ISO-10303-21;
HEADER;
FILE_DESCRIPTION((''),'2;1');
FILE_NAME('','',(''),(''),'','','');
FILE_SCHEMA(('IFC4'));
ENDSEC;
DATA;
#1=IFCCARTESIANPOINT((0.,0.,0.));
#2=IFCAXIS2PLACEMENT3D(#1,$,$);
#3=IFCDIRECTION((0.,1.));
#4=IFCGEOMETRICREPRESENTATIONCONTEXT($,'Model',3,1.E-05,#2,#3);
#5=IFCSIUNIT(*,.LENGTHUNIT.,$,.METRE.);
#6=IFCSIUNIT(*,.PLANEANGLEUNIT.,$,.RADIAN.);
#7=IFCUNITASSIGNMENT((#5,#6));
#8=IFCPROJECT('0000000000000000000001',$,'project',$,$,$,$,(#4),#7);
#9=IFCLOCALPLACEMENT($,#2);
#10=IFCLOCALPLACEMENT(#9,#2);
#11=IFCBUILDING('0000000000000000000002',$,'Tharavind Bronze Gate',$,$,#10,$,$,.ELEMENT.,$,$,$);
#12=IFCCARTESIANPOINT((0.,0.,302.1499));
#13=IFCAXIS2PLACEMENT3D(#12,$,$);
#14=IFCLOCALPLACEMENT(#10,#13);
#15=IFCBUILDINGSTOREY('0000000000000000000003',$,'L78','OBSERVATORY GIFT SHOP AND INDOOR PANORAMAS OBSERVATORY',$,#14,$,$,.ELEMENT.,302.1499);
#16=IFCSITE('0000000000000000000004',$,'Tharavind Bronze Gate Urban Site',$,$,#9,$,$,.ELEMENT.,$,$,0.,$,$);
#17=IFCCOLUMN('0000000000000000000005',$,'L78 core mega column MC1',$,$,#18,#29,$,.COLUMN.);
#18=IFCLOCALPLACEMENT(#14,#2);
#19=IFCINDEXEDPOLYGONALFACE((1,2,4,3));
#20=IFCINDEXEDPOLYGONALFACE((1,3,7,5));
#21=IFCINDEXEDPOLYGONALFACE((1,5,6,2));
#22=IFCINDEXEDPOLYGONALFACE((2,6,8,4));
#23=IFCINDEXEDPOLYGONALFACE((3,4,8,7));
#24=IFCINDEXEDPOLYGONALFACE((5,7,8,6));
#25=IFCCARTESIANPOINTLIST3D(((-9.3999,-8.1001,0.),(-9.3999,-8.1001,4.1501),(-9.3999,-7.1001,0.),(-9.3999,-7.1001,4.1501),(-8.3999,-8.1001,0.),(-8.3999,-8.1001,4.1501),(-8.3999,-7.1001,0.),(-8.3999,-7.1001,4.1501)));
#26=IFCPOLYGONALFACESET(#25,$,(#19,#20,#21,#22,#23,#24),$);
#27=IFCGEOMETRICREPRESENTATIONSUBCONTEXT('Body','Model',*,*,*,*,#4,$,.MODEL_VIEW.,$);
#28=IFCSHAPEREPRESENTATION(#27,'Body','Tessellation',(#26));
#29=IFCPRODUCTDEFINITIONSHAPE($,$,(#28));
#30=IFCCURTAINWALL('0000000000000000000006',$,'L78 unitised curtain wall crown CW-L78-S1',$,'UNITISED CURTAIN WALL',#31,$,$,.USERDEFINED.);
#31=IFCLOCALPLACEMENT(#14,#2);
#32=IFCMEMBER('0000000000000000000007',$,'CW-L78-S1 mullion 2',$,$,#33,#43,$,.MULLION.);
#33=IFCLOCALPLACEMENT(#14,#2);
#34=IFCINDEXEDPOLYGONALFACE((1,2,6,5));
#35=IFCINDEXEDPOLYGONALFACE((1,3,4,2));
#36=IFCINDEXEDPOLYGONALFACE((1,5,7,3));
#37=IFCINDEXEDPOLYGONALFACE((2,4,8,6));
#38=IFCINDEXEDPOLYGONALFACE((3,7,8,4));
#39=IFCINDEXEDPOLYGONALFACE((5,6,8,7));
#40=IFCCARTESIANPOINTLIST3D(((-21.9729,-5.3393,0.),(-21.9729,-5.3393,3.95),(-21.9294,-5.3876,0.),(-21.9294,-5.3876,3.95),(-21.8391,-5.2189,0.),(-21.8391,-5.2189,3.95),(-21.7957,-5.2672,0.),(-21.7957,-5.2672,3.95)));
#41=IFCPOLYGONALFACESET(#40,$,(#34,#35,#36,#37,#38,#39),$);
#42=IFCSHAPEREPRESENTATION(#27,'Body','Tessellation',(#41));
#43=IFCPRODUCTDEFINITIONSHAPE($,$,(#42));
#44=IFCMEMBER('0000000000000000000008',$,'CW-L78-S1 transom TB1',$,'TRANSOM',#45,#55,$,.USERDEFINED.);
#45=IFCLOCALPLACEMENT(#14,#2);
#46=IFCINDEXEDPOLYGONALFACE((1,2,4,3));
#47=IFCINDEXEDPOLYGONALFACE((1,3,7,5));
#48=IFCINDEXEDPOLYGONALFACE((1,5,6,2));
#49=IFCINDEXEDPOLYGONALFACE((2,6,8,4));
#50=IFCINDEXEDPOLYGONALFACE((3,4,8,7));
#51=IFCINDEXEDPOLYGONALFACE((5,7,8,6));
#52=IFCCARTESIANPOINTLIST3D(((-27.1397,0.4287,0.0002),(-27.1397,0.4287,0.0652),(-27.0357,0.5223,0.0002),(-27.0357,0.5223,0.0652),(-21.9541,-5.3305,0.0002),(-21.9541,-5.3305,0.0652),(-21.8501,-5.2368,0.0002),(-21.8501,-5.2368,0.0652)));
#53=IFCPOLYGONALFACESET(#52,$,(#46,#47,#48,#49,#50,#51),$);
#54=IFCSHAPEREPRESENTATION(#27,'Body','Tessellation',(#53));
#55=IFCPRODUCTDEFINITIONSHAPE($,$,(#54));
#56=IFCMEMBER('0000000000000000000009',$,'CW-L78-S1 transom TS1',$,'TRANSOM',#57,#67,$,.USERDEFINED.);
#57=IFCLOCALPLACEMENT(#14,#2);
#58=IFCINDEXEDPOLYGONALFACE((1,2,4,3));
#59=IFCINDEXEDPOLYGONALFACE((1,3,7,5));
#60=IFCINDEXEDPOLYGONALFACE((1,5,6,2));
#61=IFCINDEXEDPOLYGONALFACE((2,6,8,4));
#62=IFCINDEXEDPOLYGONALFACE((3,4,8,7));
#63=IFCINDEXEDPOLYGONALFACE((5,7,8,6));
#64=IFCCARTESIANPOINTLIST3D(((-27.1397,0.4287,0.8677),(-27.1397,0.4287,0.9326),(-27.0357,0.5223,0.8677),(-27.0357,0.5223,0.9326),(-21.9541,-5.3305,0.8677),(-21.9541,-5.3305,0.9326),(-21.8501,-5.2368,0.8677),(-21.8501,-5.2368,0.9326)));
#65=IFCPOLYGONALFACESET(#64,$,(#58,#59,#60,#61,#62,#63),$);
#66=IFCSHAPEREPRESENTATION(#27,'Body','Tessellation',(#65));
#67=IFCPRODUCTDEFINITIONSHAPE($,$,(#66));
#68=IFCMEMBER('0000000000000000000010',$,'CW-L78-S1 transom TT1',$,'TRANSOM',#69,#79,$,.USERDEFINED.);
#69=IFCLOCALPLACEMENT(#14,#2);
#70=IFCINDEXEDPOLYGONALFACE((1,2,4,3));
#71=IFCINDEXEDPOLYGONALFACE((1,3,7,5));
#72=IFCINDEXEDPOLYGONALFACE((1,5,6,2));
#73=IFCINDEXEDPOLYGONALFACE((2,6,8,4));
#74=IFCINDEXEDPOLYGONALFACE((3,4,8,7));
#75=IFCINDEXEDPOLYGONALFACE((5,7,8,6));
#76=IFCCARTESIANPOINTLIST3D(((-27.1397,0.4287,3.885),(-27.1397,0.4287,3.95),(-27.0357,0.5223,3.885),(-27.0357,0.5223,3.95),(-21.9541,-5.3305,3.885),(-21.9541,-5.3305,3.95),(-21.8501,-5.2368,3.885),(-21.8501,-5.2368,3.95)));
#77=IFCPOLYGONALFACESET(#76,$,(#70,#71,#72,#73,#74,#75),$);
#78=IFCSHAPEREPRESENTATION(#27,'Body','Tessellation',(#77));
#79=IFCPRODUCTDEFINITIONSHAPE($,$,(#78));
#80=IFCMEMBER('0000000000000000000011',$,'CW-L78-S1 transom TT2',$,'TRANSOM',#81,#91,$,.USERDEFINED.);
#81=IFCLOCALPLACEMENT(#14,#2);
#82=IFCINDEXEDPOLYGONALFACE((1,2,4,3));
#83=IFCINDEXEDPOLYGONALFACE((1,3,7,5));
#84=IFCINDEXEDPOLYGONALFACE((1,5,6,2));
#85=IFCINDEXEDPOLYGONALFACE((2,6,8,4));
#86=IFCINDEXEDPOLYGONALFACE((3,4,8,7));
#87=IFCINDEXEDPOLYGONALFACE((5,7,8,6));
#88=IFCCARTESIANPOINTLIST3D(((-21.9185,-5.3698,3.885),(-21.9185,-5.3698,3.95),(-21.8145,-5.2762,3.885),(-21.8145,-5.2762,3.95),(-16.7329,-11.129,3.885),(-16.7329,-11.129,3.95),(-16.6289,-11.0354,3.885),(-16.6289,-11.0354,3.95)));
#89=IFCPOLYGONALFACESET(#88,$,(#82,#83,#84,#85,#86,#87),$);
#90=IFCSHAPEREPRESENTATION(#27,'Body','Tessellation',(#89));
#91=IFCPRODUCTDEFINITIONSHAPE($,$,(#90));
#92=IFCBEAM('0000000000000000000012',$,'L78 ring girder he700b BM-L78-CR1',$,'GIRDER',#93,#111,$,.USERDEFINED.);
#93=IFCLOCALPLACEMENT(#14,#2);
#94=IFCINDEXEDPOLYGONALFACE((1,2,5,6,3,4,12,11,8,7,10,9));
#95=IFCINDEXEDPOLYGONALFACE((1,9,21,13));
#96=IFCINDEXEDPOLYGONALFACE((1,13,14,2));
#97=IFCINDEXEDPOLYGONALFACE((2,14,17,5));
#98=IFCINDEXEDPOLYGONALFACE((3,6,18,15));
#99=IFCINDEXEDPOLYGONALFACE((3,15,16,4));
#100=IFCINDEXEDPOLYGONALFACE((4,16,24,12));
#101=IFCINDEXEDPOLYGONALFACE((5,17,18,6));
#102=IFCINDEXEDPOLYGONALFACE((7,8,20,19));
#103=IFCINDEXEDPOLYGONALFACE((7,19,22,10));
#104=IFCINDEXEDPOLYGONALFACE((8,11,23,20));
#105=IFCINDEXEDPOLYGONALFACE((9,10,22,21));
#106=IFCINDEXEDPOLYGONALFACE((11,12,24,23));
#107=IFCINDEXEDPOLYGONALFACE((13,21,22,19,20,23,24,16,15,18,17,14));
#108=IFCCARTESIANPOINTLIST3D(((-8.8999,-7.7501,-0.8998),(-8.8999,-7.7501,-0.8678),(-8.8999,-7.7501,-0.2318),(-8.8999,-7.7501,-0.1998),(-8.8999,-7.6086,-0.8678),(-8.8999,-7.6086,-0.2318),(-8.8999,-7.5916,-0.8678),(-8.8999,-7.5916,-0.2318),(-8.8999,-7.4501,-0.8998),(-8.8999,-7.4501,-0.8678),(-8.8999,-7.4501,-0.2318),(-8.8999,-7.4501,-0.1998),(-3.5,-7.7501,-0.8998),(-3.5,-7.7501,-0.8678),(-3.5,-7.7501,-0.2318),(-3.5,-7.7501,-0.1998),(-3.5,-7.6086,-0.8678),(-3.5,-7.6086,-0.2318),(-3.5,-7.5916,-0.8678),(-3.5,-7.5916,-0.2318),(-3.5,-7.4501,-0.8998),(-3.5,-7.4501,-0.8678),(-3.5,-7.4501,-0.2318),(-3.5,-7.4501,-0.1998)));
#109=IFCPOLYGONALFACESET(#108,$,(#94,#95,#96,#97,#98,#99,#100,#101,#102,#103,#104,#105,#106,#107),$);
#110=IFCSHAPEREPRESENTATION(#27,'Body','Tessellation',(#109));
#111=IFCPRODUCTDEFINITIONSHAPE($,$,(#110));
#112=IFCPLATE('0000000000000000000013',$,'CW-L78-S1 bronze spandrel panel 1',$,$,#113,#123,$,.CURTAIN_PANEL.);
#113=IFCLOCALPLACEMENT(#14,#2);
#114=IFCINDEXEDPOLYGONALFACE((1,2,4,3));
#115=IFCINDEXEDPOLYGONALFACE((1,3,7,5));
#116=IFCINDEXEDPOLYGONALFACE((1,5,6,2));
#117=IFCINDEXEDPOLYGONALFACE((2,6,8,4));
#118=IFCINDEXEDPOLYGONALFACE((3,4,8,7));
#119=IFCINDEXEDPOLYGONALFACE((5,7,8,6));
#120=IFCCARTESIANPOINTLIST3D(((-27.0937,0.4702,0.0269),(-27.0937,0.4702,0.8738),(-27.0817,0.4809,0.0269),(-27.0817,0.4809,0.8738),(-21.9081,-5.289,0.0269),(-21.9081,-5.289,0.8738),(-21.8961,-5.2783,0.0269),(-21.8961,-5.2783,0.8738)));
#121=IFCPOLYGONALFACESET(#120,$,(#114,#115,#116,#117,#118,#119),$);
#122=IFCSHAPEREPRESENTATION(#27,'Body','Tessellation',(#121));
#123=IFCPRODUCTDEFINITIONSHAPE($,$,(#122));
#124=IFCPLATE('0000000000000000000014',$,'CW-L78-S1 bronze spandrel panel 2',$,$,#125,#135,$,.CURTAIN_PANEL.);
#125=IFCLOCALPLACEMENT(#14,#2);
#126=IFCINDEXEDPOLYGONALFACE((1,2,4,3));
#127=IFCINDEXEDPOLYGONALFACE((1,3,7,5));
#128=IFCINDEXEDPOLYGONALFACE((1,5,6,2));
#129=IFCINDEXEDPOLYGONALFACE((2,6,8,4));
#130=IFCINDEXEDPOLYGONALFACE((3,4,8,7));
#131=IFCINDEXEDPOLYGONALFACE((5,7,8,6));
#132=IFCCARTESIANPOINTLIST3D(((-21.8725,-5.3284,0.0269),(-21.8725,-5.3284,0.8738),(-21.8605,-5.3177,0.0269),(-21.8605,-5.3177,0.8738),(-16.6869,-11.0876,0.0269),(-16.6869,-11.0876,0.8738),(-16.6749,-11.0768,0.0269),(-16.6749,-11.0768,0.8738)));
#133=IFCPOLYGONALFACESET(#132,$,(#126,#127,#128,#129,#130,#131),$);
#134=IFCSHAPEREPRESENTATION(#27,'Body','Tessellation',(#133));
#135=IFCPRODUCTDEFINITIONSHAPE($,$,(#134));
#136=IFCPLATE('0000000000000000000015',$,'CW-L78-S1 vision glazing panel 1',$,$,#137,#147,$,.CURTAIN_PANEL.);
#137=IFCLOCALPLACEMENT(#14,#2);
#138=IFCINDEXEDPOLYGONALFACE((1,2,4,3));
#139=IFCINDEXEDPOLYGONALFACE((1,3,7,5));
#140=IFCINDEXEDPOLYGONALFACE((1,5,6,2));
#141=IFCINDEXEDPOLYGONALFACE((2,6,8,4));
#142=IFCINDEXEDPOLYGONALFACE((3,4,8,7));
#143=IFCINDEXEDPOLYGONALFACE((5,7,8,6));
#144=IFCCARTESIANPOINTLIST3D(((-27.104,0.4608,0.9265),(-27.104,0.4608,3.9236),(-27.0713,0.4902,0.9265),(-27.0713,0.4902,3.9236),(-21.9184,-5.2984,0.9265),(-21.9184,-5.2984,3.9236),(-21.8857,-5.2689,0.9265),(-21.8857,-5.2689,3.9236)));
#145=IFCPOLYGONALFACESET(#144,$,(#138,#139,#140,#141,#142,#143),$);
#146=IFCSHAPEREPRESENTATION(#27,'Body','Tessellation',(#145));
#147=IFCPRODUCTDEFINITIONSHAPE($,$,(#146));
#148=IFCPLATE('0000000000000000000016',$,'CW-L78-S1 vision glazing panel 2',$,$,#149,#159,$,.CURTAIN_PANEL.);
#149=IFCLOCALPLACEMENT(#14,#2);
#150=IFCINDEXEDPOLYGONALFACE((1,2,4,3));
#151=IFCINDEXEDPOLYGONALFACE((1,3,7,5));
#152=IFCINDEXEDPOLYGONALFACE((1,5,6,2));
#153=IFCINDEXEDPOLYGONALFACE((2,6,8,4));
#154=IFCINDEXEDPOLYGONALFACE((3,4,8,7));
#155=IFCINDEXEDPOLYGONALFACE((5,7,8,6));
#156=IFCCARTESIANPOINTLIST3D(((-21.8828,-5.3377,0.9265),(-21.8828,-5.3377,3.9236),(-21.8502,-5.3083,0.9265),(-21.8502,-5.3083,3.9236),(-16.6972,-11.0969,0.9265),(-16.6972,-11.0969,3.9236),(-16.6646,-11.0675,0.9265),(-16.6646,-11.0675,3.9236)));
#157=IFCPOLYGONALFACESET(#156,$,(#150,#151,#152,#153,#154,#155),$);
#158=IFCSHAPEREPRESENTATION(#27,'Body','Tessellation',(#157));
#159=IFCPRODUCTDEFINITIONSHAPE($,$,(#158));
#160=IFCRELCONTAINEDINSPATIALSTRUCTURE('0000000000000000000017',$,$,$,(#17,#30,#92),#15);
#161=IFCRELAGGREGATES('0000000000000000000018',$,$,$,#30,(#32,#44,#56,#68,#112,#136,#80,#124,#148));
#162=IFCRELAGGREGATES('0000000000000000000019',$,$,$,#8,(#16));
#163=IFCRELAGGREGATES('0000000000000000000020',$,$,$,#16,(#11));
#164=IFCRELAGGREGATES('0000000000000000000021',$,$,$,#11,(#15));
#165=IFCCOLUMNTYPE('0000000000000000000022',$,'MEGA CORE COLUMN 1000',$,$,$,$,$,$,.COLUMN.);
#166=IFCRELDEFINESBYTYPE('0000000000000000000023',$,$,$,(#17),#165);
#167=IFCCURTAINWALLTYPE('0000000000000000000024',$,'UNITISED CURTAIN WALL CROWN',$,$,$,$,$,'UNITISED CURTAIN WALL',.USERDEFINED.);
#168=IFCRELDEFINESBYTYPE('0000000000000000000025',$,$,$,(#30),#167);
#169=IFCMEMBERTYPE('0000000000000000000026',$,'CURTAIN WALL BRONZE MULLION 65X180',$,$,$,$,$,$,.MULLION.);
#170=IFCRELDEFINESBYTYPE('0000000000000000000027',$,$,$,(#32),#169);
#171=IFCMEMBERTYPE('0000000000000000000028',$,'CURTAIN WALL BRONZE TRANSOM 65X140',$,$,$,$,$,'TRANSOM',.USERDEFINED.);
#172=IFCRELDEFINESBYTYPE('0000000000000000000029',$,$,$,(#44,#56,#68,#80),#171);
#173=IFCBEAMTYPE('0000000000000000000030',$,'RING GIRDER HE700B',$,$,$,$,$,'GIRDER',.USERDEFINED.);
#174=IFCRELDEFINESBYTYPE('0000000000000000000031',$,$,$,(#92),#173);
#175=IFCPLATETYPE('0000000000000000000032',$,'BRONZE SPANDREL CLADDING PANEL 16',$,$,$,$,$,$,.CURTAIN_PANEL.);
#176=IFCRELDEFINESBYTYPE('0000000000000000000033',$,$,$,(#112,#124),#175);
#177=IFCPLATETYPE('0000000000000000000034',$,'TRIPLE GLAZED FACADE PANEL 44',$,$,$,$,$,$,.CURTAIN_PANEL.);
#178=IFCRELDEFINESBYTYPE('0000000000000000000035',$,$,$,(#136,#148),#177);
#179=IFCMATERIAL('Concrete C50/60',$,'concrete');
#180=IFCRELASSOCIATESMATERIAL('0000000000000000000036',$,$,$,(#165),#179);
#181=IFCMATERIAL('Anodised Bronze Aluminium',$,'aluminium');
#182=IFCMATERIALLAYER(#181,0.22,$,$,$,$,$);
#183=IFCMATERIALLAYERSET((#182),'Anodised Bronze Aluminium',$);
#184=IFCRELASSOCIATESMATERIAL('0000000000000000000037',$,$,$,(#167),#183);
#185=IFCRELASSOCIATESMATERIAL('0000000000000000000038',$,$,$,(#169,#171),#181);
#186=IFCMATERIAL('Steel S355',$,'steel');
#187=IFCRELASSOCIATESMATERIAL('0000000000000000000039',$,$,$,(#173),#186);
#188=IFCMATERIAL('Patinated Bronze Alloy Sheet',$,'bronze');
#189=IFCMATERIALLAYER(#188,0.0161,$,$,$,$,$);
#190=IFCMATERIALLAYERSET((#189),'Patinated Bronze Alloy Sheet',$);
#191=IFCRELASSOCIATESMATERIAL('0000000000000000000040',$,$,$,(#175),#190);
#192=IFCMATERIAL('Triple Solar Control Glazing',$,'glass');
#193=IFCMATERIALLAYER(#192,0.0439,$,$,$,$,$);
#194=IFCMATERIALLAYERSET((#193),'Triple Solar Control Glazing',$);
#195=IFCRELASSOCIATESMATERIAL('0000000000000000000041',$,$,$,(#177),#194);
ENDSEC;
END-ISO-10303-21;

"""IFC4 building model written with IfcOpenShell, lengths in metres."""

from ifc_helpers import new_model, si_unit, direction, frame, origin, origin_2d, place, context, subcontext, project, spatial, rectangle, i_section, extrude, material, layer, layer_set, material_profile, profile_set, type_object, element, aggregate, save


model = new_model("IFC4")

# Units and contexts
model_context = context("Model", 3, precision=1e-05, world=origin(), true_north=direction((0.0, 1.0)))
body_context = subcontext(model_context, "Body", "Model", "MODEL_VIEW")
ifc_project = project(units=[si_unit("LENGTHUNIT", "METRE"), si_unit("PLANEANGLEUNIT", "RADIAN")], contexts=[model_context])

# Site, building, storey
site_placement = place(None, origin())
site = spatial("IfcSite", under=ifc_project, at=site_placement, Name="Tharavind Bronze Gate Urban Site", CompositionType="ELEMENT", RefElevation=0.0)
building_placement = place(site_placement, origin())
building = spatial("IfcBuilding", under=site, at=building_placement, Name="Tharavind Bronze Gate", CompositionType="ELEMENT")
storey_placement = place(building_placement, frame((0.0, 0.0, 302.1499)))
storey = spatial("IfcBuildingStorey", under=building, at=storey_placement, Name="L78", Description="OBSERVATORY GIFT SHOP AND INDOOR PANORAMAS OBSERVATORY", CompositionType="ELEMENT", Elevation=302.1499)

# Column
ifc_material_1 = material(Name="Concrete C50/60", Category="concrete")
ifc_material_profile_1 = material_profile(ifc_material_1, rectangle(XDim=1.0, YDim=1.0, at=origin_2d()), Name="RCCOL1000")
ifc_profile_set_1 = profile_set([ifc_material_profile_1], Name="Concrete C50/60")
column_type = type_object("IfcColumnType", Name="MEGA CORE COLUMN 1000", PredefinedType="COLUMN", material=ifc_profile_set_1)
column_placement = place(storey_placement, frame((-8.8999, -7.6001, 0.0), z_axis=(0.0, 0.0, 1.0), x_axis=(1.0, 0.0, 0.0)))
element("IfcColumn", 1, at=column_placement, inside=storey, type_object=column_type, Name="L78 core mega column MC1", PredefinedType="COLUMN", context=body_context, shape_type="SweptSolid", body=[
    extrude(rectangle(XDim=1.0, YDim=1.0, at=origin_2d()), origin(), (0.0, 0.0, 1.0), 4.1501),
])

# Curtain wall, members
ifc_material_2 = material(Name="Anodised Bronze Aluminium", Category="aluminium")
ifc_layer_1 = layer(ifc_material_2, 0.22)
ifc_layer_set_1 = layer_set([ifc_layer_1], Name="Anodised Bronze Aluminium")
curtain_wall_type = type_object("IfcCurtainWallType", Name="UNITISED CURTAIN WALL CROWN", ElementType="UNITISED CURTAIN WALL", PredefinedType="USERDEFINED", material=ifc_layer_set_1)
curtain_wall_placement = place(storey_placement, origin())
curtain_wall = element("IfcCurtainWall", 2, at=curtain_wall_placement, inside=storey, type_object=curtain_wall_type, Name="L78 unitised curtain wall crown CW-L78-S1", ObjectType="UNITISED CURTAIN WALL", PredefinedType="USERDEFINED")
member_type_1 = type_object("IfcMemberType", Name="CURTAIN WALL BRONZE MULLION 65X180", PredefinedType="MULLION", material=ifc_material_2)
member_1_placement = place(storey_placement, frame((-21.8843, -5.3032, 0.0), z_axis=(0.0, 0.0, 1.0), x_axis=(0.669131, -0.743145, 0.0)))
member_1 = element("IfcMember", 3, at=member_1_placement, type_object=member_type_1, Name="CW-L78-S1 mullion 2", PredefinedType="MULLION", context=body_context, shape_type="SweptSolid", body=[
    extrude(rectangle(XDim=0.0649, YDim=0.1799, at=origin_2d()), origin(), (0.0, 0.0, 1.0), 3.95),
])
member_type_2 = type_object("IfcMemberType", Name="CURTAIN WALL BRONZE TRANSOM 65X140", ElementType="TRANSOM", PredefinedType="USERDEFINED", material=ifc_material_2)
member_2_placement = place(storey_placement, frame((-24.4949, -2.4041, 0.0002), z_axis=(0.0, 0.0, 1.0), x_axis=(0.669131, -0.743145, 0.0)))
member_2 = element("IfcMember", 4, at=member_2_placement, type_object=member_type_2, Name="CW-L78-S1 transom TB1", ObjectType="TRANSOM", PredefinedType="USERDEFINED", context=body_context, shape_type="SweptSolid", body=[
    extrude(rectangle(XDim=7.7498, YDim=0.1399, at=origin_2d()), origin(), (0.0, 0.0, 1.0), 0.0649),
])
member_3_placement = place(storey_placement, frame((-24.4949, -2.4041, 0.8677), z_axis=(0.0, 0.0, 1.0), x_axis=(0.669131, -0.743145, 0.0)))
member_3 = element("IfcMember", 5, at=member_3_placement, type_object=member_type_2, Name="CW-L78-S1 transom TS1", ObjectType="TRANSOM", PredefinedType="USERDEFINED", context=body_context, shape_type="SweptSolid", body=[
    extrude(rectangle(XDim=7.7498, YDim=0.1399, at=origin_2d()), origin(), (0.0, 0.0, 1.0), 0.0649),
])
member_4_placement = place(storey_placement, frame((-24.4949, -2.4041, 3.885), z_axis=(0.0, 0.0, 1.0), x_axis=(0.669131, -0.743145, 0.0)))
member_4 = element("IfcMember", 6, at=member_4_placement, type_object=member_type_2, Name="CW-L78-S1 transom TT1", ObjectType="TRANSOM", PredefinedType="USERDEFINED", context=body_context, shape_type="SweptSolid", body=[
    extrude(rectangle(XDim=7.7498, YDim=0.1399, at=origin_2d()), origin(), (0.0, 0.0, 1.0), 0.0649),
])
member_5_placement = place(storey_placement, frame((-19.2737, -8.2026, 3.885), z_axis=(0.0, 0.0, 1.0), x_axis=(0.669131, -0.743145, 0.0)))
member_5 = element("IfcMember", 7, at=member_5_placement, type_object=member_type_2, Name="CW-L78-S1 transom TT2", ObjectType="TRANSOM", PredefinedType="USERDEFINED", context=body_context, shape_type="SweptSolid", body=[
    extrude(rectangle(XDim=7.7498, YDim=0.1399, at=origin_2d()), origin(), (0.0, 0.0, 1.0), 0.0649),
])

# Beam
ifc_material_3 = material(Name="Steel S355", Category="steel")
ifc_material_profile_2 = material_profile(ifc_material_3, i_section(OverallWidth=0.3, OverallDepth=0.7, WebThickness=0.0171, FlangeThickness=0.032, at=origin_2d()), Name="HE700B")
ifc_profile_set_2 = profile_set([ifc_material_profile_2], Name="Steel S355")
beam_type = type_object("IfcBeamType", Name="RING GIRDER HE700B", ElementType="GIRDER", PredefinedType="USERDEFINED", material=ifc_profile_set_2)
beam_placement = place(storey_placement, frame((-8.8999, -7.6001, -0.5498), z_axis=(1.0, 0.0, 0.0), x_axis=(0.0, 1.0, 0.0)))
element("IfcBeam", 8, at=beam_placement, inside=storey, type_object=beam_type, Name="L78 ring girder he700b BM-L78-CR1", ObjectType="GIRDER", PredefinedType="USERDEFINED", context=body_context, shape_type="SweptSolid", body=[
    extrude(i_section(OverallWidth=0.3, OverallDepth=0.7, WebThickness=0.0171, FlangeThickness=0.032, at=origin_2d()), origin(), (0.0, 0.0, 1.0), 5.3999),
])

# Plates
ifc_material_4 = material(Name="Patinated Bronze Alloy Sheet", Category="bronze")
ifc_layer_2 = layer(ifc_material_4, 0.0161)
ifc_layer_set_2 = layer_set([ifc_layer_2], Name="Patinated Bronze Alloy Sheet")
plate_type_1 = type_object("IfcPlateType", Name="BRONZE SPANDREL CLADDING PANEL 16", PredefinedType="CURTAIN_PANEL", material=ifc_layer_set_2)
plate_1_placement = place(storey_placement, frame((-24.4949, -2.4041, 0.0269), z_axis=(0.0, 0.0, 1.0), x_axis=(0.669131, -0.743145, 0.0)))
plate_1 = element("IfcPlate", 9, at=plate_1_placement, type_object=plate_type_1, Name="CW-L78-S1 bronze spandrel panel 1", PredefinedType="CURTAIN_PANEL", context=body_context, shape_type="SweptSolid", body=[
    extrude(rectangle(XDim=7.7498, YDim=0.0161, at=origin_2d()), origin(), (0.0, 0.0, 1.0), 0.8469),
])
plate_2_placement = place(storey_placement, frame((-19.2737, -8.2026, 0.0269), z_axis=(0.0, 0.0, 1.0), x_axis=(0.669131, -0.743145, 0.0)))
plate_2 = element("IfcPlate", 10, at=plate_2_placement, type_object=plate_type_1, Name="CW-L78-S1 bronze spandrel panel 2", PredefinedType="CURTAIN_PANEL", context=body_context, shape_type="SweptSolid", body=[
    extrude(rectangle(XDim=7.7498, YDim=0.0161, at=origin_2d()), origin(), (0.0, 0.0, 1.0), 0.8469),
])
ifc_material_5 = material(Name="Triple Solar Control Glazing", Category="glass")
ifc_layer_3 = layer(ifc_material_5, 0.0439)
ifc_layer_set_3 = layer_set([ifc_layer_3], Name="Triple Solar Control Glazing")
plate_type_2 = type_object("IfcPlateType", Name="TRIPLE GLAZED FACADE PANEL 44", PredefinedType="CURTAIN_PANEL", material=ifc_layer_set_3)
plate_3_placement = place(storey_placement, frame((-24.4949, -2.4041, 0.9265), z_axis=(0.0, 0.0, 1.0), x_axis=(0.669131, -0.743145, 0.0)))
plate_3 = element("IfcPlate", 11, at=plate_3_placement, type_object=plate_type_2, Name="CW-L78-S1 vision glazing panel 1", PredefinedType="CURTAIN_PANEL", context=body_context, shape_type="SweptSolid", body=[
    extrude(rectangle(XDim=7.7498, YDim=0.0439, at=origin_2d()), origin(), (0.0, 0.0, 1.0), 2.9971),
])
plate_4_placement = place(storey_placement, frame((-19.2737, -8.2026, 0.9265), z_axis=(0.0, 0.0, 1.0), x_axis=(0.669131, -0.743145, 0.0)))
plate_4 = element("IfcPlate", 12, at=plate_4_placement, type_object=plate_type_2, Name="CW-L78-S1 vision glazing panel 2", PredefinedType="CURTAIN_PANEL", context=body_context, shape_type="SweptSolid", body=[
    extrude(rectangle(XDim=7.7498, YDim=0.0439, at=origin_2d()), origin(), (0.0, 0.0, 1.0), 2.9971),
])
aggregate(curtain_wall, [member_1, member_2, member_3, member_4, plate_1, plate_3, member_5, plate_2, plate_4])

save(model, "model.ifc")
